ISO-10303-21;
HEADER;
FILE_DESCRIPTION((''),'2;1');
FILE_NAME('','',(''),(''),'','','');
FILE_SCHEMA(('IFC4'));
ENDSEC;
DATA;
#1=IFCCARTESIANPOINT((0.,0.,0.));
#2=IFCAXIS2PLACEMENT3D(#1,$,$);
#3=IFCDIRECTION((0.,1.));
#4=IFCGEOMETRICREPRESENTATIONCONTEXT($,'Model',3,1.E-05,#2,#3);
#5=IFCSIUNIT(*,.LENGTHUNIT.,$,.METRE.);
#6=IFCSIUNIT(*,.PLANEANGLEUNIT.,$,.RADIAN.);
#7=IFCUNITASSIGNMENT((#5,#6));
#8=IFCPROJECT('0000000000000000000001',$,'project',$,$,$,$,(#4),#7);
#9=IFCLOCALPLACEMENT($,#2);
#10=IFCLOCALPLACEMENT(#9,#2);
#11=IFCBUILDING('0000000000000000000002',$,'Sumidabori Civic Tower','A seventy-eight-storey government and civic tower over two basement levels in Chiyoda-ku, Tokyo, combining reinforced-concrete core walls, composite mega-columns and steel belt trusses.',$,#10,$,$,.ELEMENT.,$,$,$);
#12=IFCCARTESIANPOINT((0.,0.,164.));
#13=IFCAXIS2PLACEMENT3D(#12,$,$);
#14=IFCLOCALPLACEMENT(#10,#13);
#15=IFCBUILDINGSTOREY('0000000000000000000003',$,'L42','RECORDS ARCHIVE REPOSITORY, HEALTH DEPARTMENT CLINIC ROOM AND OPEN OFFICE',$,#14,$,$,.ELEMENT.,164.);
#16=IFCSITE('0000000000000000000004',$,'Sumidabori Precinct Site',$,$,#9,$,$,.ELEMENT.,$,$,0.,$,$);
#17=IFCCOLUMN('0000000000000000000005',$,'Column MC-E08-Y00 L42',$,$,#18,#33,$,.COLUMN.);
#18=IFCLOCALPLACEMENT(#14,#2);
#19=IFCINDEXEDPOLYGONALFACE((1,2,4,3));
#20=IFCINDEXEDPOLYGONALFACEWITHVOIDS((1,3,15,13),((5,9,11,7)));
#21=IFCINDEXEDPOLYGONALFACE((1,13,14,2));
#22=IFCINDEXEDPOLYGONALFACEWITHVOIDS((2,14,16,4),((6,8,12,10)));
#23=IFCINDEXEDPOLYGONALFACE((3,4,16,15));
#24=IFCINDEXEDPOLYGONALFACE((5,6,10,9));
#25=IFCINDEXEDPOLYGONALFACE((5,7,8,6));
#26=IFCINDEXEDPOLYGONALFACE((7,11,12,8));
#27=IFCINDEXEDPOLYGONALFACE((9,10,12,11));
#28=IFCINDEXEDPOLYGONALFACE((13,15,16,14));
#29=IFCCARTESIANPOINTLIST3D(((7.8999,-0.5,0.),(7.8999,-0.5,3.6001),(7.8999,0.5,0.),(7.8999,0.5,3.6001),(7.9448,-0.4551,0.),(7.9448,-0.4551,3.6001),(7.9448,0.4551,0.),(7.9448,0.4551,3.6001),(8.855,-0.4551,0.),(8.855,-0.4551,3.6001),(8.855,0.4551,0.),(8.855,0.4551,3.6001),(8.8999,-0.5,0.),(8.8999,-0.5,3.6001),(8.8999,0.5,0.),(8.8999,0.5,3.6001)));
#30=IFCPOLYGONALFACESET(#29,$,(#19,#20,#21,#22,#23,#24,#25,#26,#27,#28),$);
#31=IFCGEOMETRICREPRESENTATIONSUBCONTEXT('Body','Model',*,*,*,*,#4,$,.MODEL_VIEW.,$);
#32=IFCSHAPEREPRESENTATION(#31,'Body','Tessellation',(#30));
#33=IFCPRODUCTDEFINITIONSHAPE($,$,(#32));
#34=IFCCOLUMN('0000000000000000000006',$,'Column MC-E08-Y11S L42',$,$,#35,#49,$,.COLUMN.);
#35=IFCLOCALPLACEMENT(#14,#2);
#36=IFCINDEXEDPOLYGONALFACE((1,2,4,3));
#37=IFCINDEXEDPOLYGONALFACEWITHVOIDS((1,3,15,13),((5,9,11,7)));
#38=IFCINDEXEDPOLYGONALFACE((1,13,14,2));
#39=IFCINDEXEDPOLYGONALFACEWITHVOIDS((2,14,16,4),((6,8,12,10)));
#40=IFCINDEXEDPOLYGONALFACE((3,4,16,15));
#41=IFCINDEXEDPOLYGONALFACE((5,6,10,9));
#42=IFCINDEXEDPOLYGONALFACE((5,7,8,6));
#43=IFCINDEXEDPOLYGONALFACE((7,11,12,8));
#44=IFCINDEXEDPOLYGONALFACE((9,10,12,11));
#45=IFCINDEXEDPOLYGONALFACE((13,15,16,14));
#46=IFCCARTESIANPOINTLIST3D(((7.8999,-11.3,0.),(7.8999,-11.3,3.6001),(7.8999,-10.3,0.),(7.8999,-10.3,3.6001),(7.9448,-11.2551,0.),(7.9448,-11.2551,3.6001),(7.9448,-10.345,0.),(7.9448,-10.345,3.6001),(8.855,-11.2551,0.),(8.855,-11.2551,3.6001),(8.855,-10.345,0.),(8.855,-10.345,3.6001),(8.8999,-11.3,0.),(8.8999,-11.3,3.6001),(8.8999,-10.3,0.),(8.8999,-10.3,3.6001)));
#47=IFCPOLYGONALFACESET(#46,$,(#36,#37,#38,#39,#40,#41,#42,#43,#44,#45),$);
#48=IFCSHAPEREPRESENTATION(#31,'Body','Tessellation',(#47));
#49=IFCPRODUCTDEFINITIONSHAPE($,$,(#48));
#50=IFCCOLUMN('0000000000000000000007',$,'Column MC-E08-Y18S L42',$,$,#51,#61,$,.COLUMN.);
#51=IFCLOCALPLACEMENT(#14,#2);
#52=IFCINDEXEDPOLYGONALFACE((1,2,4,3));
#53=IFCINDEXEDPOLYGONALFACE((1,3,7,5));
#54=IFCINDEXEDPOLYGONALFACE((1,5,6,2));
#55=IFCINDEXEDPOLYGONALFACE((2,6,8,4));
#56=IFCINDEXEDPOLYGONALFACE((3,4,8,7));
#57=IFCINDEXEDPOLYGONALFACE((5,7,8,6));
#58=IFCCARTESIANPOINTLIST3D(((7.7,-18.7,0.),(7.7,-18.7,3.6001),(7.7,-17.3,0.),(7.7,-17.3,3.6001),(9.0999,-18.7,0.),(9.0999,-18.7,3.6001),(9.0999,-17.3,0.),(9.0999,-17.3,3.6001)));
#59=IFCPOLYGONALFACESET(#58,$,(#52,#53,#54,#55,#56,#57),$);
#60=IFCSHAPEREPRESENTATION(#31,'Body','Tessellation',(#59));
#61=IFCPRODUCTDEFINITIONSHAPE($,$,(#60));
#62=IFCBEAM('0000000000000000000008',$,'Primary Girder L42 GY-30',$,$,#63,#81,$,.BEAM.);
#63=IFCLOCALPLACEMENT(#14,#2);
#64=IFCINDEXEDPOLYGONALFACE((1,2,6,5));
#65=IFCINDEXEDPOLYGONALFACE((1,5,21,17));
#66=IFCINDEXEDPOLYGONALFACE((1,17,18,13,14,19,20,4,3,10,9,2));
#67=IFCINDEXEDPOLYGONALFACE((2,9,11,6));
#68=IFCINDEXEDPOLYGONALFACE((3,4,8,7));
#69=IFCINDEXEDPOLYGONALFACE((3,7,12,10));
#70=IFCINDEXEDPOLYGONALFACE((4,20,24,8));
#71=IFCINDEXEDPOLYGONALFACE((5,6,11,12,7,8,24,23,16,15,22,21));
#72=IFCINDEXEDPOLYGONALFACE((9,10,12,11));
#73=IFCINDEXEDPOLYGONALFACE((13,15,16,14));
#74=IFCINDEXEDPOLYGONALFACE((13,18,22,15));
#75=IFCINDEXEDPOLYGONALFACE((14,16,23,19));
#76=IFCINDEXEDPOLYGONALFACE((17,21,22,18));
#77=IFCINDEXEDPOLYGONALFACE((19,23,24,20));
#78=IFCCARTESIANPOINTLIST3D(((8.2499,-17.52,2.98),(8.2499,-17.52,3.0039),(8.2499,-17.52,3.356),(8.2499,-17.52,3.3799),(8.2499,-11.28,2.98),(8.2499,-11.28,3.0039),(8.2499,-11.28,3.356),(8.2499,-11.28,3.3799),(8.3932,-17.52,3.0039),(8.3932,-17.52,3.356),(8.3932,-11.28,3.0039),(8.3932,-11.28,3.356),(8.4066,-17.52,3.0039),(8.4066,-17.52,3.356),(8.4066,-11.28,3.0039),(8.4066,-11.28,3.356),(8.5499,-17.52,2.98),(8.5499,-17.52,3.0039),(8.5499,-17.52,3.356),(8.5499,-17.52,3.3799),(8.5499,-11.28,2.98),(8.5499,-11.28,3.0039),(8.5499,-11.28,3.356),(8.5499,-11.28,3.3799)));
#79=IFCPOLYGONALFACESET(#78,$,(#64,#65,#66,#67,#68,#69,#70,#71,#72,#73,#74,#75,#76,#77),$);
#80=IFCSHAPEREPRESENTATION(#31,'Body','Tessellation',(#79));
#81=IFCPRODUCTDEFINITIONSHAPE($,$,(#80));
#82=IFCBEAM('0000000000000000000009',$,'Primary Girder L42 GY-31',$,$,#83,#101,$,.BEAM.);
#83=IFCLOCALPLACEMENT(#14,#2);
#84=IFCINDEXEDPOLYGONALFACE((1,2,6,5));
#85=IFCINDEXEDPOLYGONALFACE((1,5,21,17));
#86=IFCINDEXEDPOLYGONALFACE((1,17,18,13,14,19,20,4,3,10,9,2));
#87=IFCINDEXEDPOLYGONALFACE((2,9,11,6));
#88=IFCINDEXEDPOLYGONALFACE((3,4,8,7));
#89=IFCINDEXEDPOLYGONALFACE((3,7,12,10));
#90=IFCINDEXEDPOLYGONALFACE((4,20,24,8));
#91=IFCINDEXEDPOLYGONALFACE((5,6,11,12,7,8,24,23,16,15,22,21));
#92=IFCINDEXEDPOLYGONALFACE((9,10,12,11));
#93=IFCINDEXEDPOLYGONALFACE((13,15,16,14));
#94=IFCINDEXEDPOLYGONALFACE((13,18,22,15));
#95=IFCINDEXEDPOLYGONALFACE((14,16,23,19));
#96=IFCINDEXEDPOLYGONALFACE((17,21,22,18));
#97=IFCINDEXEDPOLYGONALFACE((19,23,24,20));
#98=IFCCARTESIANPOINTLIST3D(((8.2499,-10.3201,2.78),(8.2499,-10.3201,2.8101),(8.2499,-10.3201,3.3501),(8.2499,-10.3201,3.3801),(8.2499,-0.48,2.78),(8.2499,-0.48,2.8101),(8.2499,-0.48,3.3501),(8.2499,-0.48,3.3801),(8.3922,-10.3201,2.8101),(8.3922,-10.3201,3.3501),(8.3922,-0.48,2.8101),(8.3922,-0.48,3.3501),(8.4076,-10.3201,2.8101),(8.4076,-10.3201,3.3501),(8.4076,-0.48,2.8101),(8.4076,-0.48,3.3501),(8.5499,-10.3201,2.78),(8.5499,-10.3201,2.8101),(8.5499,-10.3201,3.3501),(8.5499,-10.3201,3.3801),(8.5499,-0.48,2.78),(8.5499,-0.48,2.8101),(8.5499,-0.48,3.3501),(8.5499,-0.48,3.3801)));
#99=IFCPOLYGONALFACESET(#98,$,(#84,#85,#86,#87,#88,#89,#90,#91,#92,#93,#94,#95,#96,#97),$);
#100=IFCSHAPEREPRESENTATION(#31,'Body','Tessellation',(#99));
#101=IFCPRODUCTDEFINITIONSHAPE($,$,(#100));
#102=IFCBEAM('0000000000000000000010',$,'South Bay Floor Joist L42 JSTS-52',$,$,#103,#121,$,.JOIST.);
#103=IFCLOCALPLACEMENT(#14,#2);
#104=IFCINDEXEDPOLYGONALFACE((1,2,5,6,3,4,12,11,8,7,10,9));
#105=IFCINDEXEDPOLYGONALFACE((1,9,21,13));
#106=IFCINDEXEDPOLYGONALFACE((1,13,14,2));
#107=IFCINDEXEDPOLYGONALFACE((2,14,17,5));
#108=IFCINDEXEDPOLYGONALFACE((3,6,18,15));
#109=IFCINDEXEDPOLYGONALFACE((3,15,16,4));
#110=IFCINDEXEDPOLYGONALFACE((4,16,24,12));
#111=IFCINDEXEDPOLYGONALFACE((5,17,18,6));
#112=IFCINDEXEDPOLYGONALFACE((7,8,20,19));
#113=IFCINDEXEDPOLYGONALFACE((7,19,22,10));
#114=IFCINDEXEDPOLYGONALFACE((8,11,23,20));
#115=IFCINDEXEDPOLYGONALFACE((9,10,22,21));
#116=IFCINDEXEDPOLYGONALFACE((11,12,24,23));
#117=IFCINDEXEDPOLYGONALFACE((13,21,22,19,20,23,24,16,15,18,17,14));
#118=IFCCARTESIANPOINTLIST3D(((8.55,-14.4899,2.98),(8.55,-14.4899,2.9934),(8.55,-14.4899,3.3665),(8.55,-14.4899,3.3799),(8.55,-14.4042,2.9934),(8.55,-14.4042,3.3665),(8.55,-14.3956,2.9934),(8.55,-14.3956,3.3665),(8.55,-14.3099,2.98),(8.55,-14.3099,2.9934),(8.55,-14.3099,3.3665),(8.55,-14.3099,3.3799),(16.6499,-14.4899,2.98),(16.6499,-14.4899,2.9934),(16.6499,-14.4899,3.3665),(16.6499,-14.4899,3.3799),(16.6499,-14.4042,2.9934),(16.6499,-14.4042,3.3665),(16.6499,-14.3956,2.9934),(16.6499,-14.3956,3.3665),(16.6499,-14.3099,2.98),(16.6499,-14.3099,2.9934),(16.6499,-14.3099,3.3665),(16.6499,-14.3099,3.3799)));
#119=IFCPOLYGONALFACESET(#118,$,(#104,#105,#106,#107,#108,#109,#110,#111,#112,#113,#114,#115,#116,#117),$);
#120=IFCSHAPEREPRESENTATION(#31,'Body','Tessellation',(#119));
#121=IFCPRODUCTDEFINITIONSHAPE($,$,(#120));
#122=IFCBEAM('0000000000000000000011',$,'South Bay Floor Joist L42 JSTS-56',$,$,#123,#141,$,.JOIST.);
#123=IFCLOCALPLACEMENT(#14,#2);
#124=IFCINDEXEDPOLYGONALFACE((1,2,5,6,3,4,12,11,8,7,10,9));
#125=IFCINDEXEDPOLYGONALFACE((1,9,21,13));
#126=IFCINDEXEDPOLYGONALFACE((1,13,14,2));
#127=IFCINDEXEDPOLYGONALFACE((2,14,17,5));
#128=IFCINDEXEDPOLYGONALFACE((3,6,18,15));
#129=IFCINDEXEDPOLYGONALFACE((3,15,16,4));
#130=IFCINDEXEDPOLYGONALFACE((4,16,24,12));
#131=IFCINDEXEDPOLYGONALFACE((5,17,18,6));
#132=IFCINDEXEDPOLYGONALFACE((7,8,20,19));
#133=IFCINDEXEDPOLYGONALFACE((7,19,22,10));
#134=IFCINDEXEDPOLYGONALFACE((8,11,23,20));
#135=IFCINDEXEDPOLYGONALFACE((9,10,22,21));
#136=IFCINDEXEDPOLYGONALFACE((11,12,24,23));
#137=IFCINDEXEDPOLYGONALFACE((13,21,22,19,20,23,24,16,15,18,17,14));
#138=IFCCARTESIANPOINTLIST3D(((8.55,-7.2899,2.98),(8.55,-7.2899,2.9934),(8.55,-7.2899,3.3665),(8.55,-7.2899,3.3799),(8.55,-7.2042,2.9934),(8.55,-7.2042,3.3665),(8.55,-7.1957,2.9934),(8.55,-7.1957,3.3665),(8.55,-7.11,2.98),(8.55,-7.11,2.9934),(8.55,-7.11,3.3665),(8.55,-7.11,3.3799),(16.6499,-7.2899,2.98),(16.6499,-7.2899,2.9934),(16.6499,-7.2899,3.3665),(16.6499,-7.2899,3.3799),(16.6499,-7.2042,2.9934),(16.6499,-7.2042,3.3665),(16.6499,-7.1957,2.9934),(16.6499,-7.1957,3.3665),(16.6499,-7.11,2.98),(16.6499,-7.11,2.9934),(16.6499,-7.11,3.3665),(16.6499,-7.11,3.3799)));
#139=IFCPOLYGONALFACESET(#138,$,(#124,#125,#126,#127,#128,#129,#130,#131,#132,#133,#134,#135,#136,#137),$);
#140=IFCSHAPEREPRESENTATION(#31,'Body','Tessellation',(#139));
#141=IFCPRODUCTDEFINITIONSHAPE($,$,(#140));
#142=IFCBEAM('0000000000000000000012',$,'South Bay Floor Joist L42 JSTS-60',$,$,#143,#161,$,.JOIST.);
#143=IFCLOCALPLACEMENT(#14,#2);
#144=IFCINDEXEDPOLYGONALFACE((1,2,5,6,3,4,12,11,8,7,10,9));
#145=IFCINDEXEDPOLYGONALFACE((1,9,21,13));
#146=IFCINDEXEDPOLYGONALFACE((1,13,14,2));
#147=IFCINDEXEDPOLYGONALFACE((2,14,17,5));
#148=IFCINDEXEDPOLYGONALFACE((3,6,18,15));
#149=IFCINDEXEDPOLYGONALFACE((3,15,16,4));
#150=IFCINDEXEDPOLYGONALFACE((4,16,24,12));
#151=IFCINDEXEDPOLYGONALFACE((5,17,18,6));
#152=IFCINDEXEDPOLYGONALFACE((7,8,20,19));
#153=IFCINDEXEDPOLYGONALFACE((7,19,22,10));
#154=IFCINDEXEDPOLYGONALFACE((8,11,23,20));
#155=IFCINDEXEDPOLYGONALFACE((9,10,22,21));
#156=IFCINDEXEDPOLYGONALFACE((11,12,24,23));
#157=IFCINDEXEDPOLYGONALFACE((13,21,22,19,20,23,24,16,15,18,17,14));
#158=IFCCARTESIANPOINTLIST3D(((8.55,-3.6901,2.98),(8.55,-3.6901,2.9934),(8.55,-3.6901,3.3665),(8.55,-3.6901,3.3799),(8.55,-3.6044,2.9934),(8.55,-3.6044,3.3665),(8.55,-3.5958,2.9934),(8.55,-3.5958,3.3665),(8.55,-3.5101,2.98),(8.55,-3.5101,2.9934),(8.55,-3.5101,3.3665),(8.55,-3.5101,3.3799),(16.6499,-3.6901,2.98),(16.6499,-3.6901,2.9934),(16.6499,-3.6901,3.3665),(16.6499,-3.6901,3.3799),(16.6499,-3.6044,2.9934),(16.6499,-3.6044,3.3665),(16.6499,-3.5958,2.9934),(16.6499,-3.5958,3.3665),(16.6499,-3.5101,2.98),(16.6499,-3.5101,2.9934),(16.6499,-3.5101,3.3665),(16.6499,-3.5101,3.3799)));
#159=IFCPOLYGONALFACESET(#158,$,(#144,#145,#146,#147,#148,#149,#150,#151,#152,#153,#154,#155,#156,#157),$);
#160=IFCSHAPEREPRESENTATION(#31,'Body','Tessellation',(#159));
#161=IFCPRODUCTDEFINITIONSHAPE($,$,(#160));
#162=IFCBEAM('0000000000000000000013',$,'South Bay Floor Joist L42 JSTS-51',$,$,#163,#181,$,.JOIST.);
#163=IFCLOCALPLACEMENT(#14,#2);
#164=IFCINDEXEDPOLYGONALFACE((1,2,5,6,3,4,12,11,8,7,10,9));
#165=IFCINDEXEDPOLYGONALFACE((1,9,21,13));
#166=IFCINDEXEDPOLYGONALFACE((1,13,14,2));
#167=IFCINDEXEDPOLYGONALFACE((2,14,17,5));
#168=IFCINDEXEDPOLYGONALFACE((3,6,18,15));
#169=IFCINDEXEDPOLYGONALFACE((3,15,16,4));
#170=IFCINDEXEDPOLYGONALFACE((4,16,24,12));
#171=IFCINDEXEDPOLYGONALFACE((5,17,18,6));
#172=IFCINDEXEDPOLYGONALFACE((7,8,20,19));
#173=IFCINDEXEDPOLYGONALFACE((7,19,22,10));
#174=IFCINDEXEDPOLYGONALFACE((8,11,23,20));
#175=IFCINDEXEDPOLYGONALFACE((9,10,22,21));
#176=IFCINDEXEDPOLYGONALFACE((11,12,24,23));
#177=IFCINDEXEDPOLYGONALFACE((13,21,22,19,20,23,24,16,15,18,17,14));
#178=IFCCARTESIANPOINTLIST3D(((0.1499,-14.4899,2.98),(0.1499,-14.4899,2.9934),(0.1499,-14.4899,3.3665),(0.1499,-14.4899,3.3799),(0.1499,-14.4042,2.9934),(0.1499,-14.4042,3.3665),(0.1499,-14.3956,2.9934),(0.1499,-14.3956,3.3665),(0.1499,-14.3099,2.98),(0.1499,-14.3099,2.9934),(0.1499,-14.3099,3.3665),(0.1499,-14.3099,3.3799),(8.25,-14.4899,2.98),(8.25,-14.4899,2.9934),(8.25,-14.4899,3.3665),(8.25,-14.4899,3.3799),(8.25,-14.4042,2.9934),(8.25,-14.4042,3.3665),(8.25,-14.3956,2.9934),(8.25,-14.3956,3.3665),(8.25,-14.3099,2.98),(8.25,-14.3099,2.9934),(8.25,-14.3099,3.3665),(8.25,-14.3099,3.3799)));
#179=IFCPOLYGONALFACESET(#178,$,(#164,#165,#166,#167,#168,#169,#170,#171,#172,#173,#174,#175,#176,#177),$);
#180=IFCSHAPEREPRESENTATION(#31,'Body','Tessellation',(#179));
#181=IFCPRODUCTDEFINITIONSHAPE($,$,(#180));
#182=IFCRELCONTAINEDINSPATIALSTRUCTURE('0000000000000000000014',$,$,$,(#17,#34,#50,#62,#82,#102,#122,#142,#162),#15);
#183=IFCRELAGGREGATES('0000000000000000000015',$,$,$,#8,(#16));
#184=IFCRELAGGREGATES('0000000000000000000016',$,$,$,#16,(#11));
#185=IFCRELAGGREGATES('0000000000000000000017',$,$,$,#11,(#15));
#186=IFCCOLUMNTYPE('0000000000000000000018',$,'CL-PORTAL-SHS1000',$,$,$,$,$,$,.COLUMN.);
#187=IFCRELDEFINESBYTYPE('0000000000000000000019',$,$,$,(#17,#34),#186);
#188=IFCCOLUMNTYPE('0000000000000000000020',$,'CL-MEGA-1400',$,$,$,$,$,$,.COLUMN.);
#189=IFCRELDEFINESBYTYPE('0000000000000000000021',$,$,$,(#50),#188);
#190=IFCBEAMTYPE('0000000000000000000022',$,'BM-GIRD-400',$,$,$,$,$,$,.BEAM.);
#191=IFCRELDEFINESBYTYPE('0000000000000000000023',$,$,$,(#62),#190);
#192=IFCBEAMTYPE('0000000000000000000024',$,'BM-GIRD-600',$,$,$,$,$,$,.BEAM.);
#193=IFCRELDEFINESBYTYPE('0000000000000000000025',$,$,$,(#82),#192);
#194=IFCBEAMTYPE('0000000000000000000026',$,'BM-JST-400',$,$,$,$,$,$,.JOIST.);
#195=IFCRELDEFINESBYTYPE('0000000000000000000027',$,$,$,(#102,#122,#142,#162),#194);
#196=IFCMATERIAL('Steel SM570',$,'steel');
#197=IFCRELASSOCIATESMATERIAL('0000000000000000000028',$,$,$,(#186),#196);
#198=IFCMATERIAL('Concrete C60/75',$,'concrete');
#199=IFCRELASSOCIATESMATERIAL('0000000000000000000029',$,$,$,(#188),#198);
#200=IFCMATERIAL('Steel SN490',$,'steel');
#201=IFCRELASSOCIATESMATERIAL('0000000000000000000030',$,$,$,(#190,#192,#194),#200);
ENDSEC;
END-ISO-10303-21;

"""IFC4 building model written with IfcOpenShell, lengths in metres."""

from ifc_helpers import new_model, si_unit, direction, frame, origin, origin_2d, place, context, subcontext, project, spatial, rectangle, hollow_rectangle, i_section, extrude, source, transform, mapped, material, material_profile, profile_set, type_object, element, save


model = new_model("IFC4")

# Units and contexts
model_context = context("Model", 3, precision=1e-05, world=origin(), true_north=direction((0.0, 1.0)))
body_context = subcontext(model_context, "Body", "Model", "MODEL_VIEW")
ifc_project = project(units=[si_unit("LENGTHUNIT", "METRE"), si_unit("PLANEANGLEUNIT", "RADIAN")], contexts=[model_context])

# Site, building, storey
site_placement = place(None, origin())
site = spatial("IfcSite", under=ifc_project, at=site_placement, Name="Sumidabori Precinct Site", CompositionType="ELEMENT", RefElevation=0.0)
building_placement = place(site_placement, origin())
building = spatial("IfcBuilding", under=site, at=building_placement, Name="Sumidabori Civic Tower", Description="A seventy-eight-storey government and civic tower over two basement levels in Chiyoda-ku, Tokyo, combining reinforced-concrete core walls, composite mega-columns and steel belt trusses.", CompositionType="ELEMENT")
storey_placement = place(building_placement, frame((0.0, 0.0, 164.0)))
storey = spatial("IfcBuildingStorey", under=building, at=storey_placement, Name="L42", Description="RECORDS ARCHIVE REPOSITORY, HEALTH DEPARTMENT CLINIC ROOM AND OPEN OFFICE", CompositionType="ELEMENT", Elevation=164.0)

# Columns
ifc_material_1 = material(Name="Steel SM570", Category="steel")
ifc_material_profile_1 = material_profile(ifc_material_1, hollow_rectangle(XDim=1.0, YDim=1.0, WallThickness=0.0449, at=origin_2d()), Name="SHS 1000x1000x45")
ifc_profile_set_1 = profile_set([ifc_material_profile_1], Name="Steel SM570")
column_type_1 = type_object("IfcColumnType", Name="CL-PORTAL-SHS1000", PredefinedType="COLUMN", material=ifc_profile_set_1)
shared_shape_1 = source(origin(), body_context, "Body", "SweptSolid", [
    extrude(hollow_rectangle(XDim=1.0, YDim=1.0, WallThickness=0.0449, at=origin_2d()), origin(), (0.0, 0.0, 1.0), 3.6001),
])
for number, where, z_axis, x_axis, name in (
    (1, (8.3999, 0.0, 0.0), (0.0, 0.0, 1.0), (1.0, 0.0, 0.0), "Column MC-E08-Y00 L42"),
    (2, (8.3999, -10.8, 0.0), (0.0, 0.0, 1.0), (1.0, 0.0, 0.0), "Column MC-E08-Y11S L42"),
):
    element("IfcColumn", number, at=place(storey_placement, frame(where, z_axis=z_axis, x_axis=x_axis)), inside=storey, type_object=column_type_1, Name=name, PredefinedType="COLUMN", context=body_context, shape_type="MappedRepresentation", body=[
        mapped(shared_shape_1, transform((0.0, 0.0, 0.0), x_axis=(1.0, 0.0, 0.0), y_axis=(0.0, 1.0, 0.0), z_axis=(0.0, 0.0, 1.0), scale=1.0)),
    ])
ifc_material_2 = material(Name="Concrete C60/75", Category="concrete")
ifc_material_profile_2 = material_profile(ifc_material_2, rectangle(XDim=1.3999, YDim=1.3999, at=origin_2d()), Name="RC 1400x1400")
ifc_profile_set_2 = profile_set([ifc_material_profile_2], Name="Concrete C60/75")
column_type_2 = type_object("IfcColumnType", Name="CL-MEGA-1400", PredefinedType="COLUMN", material=ifc_profile_set_2)
shared_shape_2 = source(origin(), body_context, "Body", "SweptSolid", [
    extrude(rectangle(XDim=1.3999, YDim=1.3999, at=origin_2d()), origin(), (0.0, 0.0, 1.0), 3.6001),
])
column_placement = place(storey_placement, frame((8.3999, -18.0, 0.0), z_axis=(0.0, 0.0, 1.0), x_axis=(1.0, 0.0, 0.0)))
element("IfcColumn", 3, at=column_placement, inside=storey, type_object=column_type_2, Name="Column MC-E08-Y18S L42", PredefinedType="COLUMN", context=body_context, shape_type="MappedRepresentation", body=[
    mapped(shared_shape_2, transform((0.0, 0.0, 0.0), x_axis=(1.0, 0.0, 0.0), y_axis=(0.0, 1.0, 0.0), z_axis=(0.0, 0.0, 1.0), scale=1.0)),
])

# Beams
ifc_material_3 = material(Name="Steel SN490", Category="steel")
ifc_material_profile_3 = material_profile(ifc_material_3, i_section(OverallWidth=0.3, OverallDepth=0.3999, WebThickness=0.0134, FlangeThickness=0.0239, at=origin_2d()), Name="HE 400 B")
ifc_profile_set_3 = profile_set([ifc_material_profile_3], Name="Steel SN490")
beam_type_1 = type_object("IfcBeamType", Name="BM-GIRD-400", PredefinedType="BEAM", material=ifc_profile_set_3)
shared_shape_3 = source(origin(), body_context, "Body", "SweptSolid", [
    extrude(i_section(OverallWidth=0.3, OverallDepth=0.3999, WebThickness=0.0134, FlangeThickness=0.0239, at=origin_2d()), origin(), (0.0, 0.0, 1.0), 6.24),
])
beam_1_placement = place(storey_placement, frame((8.3999, -17.52, 3.1799), z_axis=(0.0, 1.0, 0.0), x_axis=(-1.0, 0.0, 0.0)))
element("IfcBeam", 4, at=beam_1_placement, inside=storey, type_object=beam_type_1, Name="Primary Girder L42 GY-30", PredefinedType="BEAM", context=body_context, shape_type="MappedRepresentation", body=[
    mapped(shared_shape_3, transform((0.0, 0.0, 0.0), x_axis=(1.0, 0.0, 0.0), y_axis=(0.0, 1.0, 0.0), z_axis=(0.0, 0.0, 1.0), scale=1.0)),
])
ifc_material_profile_4 = material_profile(ifc_material_3, i_section(OverallWidth=0.3, OverallDepth=0.6001, WebThickness=0.0154, FlangeThickness=0.03, at=origin_2d()), Name="HE 600 B")
ifc_profile_set_4 = profile_set([ifc_material_profile_4], Name="Steel SN490")
beam_type_2 = type_object("IfcBeamType", Name="BM-GIRD-600", PredefinedType="BEAM", material=ifc_profile_set_4)
shared_shape_4 = source(origin(), body_context, "Body", "SweptSolid", [
    extrude(i_section(OverallWidth=0.3, OverallDepth=0.6001, WebThickness=0.0154, FlangeThickness=0.03, at=origin_2d()), origin(), (0.0, 0.0, 1.0), 9.8401),
])
beam_2_placement = place(storey_placement, frame((8.3999, -10.3201, 3.0801), z_axis=(0.0, 1.0, 0.0), x_axis=(-1.0, 0.0, 0.0)))
element("IfcBeam", 5, at=beam_2_placement, inside=storey, type_object=beam_type_2, Name="Primary Girder L42 GY-31", PredefinedType="BEAM", context=body_context, shape_type="MappedRepresentation", body=[
    mapped(shared_shape_4, transform((0.0, 0.0, 0.0), x_axis=(1.0, 0.0, 0.0), y_axis=(0.0, 1.0, 0.0), z_axis=(0.0, 0.0, 1.0), scale=1.0)),
])
ifc_material_profile_5 = material_profile(ifc_material_3, i_section(OverallWidth=0.1799, OverallDepth=0.3999, WebThickness=0.0085, FlangeThickness=0.0134, at=origin_2d()), Name="IPE 400")
ifc_profile_set_5 = profile_set([ifc_material_profile_5], Name="Steel SN490")
beam_type_3 = type_object("IfcBeamType", Name="BM-JST-400", PredefinedType="JOIST", material=ifc_profile_set_5)
shared_shape_5 = source(origin(), body_context, "Body", "SweptSolid", [
    extrude(i_section(OverallWidth=0.1799, OverallDepth=0.3999, WebThickness=0.0085, FlangeThickness=0.0134, at=origin_2d()), origin(), (0.0, 0.0, 1.0), 8.0999),
])
for number, where, z_axis, x_axis, name in (
    (6, (8.55, -14.3999, 3.1799), (1.0, 0.0, 0.0), (0.0, 1.0, 0.0), "South Bay Floor Joist L42 JSTS-52"),
    (7, (8.55, -7.2, 3.1799), (1.0, 0.0, 0.0), (0.0, 1.0, 0.0), "South Bay Floor Joist L42 JSTS-56"),
    (8, (8.55, -3.6001, 3.1799), (1.0, 0.0, 0.0), (0.0, 1.0, 0.0), "South Bay Floor Joist L42 JSTS-60"),
):
    element("IfcBeam", number, at=place(storey_placement, frame(where, z_axis=z_axis, x_axis=x_axis)), inside=storey, type_object=beam_type_3, Name=name, PredefinedType="JOIST", context=body_context, shape_type="MappedRepresentation", body=[
        mapped(shared_shape_5, transform((0.0, 0.0, 0.0), x_axis=(1.0, 0.0, 0.0), y_axis=(0.0, 1.0, 0.0), z_axis=(0.0, 0.0, 1.0), scale=1.0)),
    ])
shared_shape_6 = source(origin(), body_context, "Body", "SweptSolid", [
    extrude(i_section(OverallWidth=0.1799, OverallDepth=0.3999, WebThickness=0.0085, FlangeThickness=0.0134, at=origin_2d()), origin(), (0.0, 0.0, 1.0), 8.1001),
])
for number, where, z_axis, x_axis, name in (
    (9, (0.1499, -14.3999, 3.1799), (1.0, 0.0, 0.0), (0.0, 1.0, 0.0), "South Bay Floor Joist L42 JSTS-51"),
):
    element("IfcBeam", number, at=place(storey_placement, frame(where, z_axis=z_axis, x_axis=x_axis)), inside=storey, type_object=beam_type_3, Name=name, PredefinedType="JOIST", context=body_context, shape_type="MappedRepresentation", body=[
        mapped(shared_shape_6, transform((0.0, 0.0, 0.0), x_axis=(1.0, 0.0, 0.0), y_axis=(0.0, 1.0, 0.0), z_axis=(0.0, 0.0, 1.0), scale=1.0)),
    ])

save(model, "model.ifc")
